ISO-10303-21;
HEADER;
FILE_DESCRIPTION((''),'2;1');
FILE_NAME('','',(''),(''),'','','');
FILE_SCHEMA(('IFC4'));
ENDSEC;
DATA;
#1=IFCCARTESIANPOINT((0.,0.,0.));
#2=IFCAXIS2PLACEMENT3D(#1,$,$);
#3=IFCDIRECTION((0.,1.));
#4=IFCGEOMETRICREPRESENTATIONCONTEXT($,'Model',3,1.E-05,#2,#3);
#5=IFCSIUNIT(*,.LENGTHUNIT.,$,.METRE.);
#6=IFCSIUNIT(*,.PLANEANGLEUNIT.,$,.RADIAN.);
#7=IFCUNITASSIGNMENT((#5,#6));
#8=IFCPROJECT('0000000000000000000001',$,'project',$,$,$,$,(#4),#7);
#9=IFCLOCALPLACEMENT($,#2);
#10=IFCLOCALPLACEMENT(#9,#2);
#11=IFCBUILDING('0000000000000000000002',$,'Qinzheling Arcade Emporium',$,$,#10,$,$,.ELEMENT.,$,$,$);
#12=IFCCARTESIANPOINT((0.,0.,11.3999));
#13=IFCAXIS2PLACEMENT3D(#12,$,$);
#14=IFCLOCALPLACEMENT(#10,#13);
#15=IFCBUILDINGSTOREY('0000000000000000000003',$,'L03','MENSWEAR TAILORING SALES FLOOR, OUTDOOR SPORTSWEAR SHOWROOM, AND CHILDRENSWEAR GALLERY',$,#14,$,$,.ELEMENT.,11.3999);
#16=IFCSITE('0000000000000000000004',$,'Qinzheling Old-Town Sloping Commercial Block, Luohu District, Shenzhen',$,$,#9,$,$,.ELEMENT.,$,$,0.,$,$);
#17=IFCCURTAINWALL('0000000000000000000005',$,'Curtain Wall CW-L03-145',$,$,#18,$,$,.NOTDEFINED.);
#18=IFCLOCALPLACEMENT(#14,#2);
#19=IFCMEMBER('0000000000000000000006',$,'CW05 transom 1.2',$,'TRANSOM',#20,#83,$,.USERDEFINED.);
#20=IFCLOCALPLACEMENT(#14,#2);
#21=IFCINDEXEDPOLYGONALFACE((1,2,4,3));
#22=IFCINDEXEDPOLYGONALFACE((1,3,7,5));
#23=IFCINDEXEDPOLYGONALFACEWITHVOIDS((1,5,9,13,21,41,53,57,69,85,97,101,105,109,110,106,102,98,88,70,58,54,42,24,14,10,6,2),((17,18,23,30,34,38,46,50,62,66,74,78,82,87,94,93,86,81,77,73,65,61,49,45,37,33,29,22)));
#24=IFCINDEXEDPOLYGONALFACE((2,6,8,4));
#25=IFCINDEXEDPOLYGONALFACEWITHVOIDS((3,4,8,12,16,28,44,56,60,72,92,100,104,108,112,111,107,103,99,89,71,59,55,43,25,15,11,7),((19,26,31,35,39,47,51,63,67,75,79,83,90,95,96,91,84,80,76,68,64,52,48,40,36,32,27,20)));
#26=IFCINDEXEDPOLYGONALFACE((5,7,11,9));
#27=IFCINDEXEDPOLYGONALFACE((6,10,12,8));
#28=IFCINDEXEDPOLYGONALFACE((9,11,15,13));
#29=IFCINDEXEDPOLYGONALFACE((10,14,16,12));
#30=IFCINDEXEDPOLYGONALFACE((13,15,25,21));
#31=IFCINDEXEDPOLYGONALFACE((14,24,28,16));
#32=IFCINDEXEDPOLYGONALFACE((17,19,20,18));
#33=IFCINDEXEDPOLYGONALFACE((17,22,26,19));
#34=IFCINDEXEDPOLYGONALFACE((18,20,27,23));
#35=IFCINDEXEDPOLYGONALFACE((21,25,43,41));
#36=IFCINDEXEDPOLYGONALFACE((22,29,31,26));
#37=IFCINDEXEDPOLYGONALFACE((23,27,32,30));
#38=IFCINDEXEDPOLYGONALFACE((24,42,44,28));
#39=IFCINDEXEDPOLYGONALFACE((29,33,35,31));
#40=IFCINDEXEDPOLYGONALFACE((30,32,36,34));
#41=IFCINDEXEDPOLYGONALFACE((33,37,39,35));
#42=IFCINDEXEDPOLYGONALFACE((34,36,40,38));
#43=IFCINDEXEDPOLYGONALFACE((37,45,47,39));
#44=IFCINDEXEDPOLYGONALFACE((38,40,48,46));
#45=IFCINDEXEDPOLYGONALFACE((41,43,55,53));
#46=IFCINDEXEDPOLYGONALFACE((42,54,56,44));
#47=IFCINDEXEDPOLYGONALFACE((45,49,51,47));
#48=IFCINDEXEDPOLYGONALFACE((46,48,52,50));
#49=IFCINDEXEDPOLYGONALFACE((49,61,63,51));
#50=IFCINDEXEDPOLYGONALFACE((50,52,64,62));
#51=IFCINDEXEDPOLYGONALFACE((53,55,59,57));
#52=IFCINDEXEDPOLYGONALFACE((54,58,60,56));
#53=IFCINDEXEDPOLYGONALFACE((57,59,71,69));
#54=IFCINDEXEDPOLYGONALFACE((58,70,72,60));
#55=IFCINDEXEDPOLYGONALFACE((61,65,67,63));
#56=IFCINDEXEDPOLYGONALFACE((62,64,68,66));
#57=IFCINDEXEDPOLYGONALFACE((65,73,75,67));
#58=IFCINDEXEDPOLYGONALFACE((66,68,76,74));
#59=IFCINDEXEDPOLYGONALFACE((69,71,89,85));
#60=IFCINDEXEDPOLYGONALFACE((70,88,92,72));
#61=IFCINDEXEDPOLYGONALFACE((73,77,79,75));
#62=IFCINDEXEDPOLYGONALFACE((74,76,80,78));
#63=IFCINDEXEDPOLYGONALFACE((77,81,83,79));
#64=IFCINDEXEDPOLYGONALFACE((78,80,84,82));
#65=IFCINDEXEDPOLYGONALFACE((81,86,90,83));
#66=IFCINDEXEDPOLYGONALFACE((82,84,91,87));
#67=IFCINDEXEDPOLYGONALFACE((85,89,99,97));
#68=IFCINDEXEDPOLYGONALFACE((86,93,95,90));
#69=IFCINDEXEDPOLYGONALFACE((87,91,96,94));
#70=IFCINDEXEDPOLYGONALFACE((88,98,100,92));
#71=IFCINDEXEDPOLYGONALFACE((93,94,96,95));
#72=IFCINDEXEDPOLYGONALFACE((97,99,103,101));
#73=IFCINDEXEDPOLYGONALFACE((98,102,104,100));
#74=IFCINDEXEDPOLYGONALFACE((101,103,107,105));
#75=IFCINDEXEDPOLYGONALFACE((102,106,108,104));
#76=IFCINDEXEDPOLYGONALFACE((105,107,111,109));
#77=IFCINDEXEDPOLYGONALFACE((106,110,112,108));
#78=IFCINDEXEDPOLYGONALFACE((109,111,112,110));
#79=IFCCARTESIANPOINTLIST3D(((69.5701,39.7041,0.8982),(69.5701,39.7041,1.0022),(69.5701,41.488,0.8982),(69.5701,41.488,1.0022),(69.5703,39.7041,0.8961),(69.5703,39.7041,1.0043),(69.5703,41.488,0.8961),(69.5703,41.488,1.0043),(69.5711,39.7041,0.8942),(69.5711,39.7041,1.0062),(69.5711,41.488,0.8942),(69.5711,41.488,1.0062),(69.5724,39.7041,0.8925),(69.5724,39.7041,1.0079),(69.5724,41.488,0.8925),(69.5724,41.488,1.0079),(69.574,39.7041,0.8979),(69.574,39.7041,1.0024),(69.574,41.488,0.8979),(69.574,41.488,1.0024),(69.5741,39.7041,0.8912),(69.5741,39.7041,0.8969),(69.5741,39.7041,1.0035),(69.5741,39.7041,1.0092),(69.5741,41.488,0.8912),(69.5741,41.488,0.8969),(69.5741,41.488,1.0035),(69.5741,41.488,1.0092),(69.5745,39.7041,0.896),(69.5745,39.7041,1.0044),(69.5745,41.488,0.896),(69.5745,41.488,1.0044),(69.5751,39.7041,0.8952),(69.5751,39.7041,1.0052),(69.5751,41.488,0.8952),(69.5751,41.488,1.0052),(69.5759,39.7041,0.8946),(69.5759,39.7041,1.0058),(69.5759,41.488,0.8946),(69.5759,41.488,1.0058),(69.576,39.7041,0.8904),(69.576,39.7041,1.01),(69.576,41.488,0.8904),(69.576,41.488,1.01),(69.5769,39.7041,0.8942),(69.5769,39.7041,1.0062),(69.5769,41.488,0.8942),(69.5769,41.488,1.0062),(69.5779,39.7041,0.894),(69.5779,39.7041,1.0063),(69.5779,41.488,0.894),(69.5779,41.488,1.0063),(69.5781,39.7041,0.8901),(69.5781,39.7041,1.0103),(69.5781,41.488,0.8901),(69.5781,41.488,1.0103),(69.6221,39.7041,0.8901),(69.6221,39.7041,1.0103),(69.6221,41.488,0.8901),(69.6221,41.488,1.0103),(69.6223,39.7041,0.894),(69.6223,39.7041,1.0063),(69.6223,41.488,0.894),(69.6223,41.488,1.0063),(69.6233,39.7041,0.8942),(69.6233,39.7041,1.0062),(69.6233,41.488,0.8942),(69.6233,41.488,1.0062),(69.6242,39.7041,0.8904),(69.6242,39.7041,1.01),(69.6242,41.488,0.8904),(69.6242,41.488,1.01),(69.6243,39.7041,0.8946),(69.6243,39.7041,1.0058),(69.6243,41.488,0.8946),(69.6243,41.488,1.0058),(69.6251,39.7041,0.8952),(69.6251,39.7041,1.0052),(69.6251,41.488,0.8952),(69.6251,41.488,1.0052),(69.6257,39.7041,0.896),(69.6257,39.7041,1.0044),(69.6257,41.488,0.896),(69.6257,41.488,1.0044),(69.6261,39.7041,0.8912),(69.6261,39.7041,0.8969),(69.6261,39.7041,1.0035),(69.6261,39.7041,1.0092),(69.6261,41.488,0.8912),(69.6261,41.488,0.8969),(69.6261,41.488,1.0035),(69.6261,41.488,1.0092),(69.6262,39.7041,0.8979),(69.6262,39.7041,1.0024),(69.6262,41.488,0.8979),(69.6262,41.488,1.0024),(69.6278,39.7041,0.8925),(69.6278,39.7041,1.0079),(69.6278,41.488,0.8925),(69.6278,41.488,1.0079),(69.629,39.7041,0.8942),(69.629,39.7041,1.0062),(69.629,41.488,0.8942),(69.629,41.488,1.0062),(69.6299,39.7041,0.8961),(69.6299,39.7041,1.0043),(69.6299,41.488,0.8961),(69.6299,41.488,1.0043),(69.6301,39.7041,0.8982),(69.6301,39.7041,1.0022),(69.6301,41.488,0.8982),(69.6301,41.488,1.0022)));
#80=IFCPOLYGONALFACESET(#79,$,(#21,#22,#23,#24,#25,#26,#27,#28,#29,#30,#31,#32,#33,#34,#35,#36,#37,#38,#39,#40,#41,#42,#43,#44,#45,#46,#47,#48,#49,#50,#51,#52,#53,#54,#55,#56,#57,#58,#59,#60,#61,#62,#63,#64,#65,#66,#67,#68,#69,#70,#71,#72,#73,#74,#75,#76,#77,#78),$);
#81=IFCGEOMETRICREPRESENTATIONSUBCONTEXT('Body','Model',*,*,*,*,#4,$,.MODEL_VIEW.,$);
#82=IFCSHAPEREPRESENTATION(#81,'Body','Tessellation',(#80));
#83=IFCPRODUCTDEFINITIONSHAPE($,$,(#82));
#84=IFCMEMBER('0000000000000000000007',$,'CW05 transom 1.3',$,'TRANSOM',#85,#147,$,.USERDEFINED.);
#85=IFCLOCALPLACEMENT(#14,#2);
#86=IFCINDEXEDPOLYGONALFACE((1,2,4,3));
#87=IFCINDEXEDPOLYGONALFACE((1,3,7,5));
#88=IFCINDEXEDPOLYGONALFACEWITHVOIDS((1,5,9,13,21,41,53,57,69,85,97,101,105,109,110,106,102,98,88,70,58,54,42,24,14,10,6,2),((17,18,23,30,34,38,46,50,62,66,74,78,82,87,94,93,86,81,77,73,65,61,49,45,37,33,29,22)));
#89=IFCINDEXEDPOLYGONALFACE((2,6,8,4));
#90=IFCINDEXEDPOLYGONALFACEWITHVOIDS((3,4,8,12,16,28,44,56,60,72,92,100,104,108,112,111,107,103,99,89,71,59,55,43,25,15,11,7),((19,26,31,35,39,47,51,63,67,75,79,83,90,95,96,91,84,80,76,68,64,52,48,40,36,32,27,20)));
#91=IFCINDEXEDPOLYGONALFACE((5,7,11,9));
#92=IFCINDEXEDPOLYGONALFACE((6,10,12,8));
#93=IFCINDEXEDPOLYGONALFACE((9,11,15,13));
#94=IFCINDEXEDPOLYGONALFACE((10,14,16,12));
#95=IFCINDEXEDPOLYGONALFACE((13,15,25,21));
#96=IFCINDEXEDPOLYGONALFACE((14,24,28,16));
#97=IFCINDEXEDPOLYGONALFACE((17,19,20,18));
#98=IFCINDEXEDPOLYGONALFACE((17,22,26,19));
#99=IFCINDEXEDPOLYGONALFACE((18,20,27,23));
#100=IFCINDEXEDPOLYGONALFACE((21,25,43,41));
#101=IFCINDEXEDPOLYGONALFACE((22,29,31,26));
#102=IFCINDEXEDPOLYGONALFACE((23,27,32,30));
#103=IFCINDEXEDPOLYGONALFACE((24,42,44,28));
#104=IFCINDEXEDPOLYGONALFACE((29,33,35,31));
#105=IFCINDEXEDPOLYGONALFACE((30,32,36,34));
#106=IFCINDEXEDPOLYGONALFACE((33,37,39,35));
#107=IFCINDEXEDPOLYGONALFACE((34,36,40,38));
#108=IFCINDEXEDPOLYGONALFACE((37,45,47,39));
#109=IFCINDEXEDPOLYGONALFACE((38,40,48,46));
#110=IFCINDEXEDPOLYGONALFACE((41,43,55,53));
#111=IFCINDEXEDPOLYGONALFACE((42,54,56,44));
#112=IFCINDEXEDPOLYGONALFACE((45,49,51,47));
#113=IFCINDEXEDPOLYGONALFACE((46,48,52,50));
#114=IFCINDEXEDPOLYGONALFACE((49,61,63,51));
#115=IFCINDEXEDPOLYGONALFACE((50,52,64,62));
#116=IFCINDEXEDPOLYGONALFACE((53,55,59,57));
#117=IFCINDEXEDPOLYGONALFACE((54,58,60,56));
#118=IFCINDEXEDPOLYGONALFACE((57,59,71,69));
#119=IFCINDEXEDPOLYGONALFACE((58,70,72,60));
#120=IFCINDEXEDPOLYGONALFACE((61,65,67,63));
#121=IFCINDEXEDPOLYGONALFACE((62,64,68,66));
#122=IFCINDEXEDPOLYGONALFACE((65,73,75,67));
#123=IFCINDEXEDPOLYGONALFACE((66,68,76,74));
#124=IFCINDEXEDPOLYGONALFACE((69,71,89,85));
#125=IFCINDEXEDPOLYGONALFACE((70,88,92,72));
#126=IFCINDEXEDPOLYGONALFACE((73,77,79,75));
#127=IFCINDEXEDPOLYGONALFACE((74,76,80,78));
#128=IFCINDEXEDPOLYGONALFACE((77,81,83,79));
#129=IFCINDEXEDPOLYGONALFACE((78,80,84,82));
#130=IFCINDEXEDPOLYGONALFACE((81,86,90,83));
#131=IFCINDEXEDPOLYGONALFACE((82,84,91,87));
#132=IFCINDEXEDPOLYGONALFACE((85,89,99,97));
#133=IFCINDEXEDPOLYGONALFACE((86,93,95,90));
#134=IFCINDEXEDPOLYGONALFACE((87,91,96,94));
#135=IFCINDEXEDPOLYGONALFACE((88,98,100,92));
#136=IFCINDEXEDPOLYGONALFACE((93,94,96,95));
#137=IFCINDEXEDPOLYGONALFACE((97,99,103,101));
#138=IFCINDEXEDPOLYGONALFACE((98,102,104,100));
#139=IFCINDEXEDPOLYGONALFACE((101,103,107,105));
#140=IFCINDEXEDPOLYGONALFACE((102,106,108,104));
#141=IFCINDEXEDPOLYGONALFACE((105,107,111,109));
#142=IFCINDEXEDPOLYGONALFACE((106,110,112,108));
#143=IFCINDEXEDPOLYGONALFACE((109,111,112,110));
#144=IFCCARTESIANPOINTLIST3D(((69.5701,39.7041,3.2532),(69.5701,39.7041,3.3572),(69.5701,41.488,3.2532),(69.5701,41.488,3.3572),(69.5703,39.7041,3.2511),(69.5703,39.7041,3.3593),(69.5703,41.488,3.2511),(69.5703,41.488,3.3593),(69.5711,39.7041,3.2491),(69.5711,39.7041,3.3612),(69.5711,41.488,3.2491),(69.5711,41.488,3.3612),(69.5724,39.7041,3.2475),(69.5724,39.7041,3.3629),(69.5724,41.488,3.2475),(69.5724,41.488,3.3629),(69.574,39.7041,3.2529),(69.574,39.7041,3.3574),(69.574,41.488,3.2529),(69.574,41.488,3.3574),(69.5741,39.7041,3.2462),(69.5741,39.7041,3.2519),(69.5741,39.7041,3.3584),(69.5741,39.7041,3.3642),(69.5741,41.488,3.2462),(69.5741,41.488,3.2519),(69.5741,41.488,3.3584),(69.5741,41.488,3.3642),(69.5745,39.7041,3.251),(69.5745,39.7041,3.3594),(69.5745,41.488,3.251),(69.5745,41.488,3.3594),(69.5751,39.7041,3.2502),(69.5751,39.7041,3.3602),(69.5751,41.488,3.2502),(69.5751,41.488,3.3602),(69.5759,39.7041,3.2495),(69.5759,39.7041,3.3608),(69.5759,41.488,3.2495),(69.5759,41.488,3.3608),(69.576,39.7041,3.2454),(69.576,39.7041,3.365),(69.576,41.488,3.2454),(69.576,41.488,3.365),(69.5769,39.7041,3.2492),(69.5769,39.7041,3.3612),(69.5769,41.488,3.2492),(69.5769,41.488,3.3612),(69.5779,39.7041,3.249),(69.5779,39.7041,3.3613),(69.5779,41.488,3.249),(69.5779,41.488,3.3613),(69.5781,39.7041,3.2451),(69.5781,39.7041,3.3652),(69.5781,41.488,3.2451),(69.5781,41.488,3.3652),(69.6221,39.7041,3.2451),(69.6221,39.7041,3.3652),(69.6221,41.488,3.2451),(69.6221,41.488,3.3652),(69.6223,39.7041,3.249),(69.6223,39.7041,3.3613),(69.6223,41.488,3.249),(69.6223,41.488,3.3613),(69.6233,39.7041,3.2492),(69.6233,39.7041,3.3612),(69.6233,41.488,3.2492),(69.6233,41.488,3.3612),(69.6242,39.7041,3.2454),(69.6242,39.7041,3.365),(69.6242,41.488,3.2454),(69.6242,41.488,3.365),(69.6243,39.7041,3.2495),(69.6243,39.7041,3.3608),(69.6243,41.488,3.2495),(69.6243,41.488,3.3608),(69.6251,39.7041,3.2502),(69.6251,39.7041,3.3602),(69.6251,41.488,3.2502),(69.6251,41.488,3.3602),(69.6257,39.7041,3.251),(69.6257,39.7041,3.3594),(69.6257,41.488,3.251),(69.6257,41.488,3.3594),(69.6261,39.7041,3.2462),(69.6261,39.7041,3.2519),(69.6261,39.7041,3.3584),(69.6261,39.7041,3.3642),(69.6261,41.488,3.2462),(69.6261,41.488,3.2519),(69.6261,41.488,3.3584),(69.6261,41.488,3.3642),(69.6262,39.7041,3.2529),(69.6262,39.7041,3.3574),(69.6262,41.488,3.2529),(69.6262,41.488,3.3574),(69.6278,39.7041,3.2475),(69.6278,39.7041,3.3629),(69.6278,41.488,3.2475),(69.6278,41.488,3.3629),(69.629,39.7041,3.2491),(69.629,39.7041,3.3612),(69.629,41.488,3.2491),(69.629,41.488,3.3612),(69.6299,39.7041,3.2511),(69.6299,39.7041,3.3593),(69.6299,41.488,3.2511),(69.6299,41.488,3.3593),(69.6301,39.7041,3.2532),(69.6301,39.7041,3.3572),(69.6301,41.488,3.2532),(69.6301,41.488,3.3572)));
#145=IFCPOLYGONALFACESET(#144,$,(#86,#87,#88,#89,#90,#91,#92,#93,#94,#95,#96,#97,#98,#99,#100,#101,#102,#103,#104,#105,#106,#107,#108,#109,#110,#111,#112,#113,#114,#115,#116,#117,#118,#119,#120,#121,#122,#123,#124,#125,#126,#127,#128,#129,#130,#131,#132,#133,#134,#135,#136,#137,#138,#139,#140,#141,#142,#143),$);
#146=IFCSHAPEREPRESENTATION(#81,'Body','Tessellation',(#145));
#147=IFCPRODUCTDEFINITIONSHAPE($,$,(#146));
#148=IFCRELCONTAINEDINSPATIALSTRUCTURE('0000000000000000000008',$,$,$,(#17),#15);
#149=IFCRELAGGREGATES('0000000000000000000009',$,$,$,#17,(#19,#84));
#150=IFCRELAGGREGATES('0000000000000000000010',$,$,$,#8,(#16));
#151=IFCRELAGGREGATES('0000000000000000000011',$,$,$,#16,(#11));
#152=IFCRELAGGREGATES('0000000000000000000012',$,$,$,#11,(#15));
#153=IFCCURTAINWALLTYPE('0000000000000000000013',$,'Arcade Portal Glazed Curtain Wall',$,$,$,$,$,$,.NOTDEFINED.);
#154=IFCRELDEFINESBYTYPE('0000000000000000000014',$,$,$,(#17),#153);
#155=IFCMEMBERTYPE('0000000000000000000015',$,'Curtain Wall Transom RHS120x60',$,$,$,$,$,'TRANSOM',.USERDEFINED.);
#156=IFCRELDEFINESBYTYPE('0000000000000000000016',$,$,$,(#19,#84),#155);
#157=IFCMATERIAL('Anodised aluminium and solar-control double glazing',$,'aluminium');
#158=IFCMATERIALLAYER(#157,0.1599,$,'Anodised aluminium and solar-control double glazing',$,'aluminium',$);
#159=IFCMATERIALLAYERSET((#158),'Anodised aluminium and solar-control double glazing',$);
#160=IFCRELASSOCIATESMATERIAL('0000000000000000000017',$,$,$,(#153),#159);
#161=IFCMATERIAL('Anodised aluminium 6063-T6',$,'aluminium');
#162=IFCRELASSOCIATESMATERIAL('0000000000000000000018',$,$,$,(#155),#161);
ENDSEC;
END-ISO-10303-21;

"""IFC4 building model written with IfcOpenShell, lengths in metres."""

from ifc_helpers import new_model, si_unit, direction, frame, origin, origin_2d, place, context, subcontext, project, spatial, hollow_rectangle, extrude, material, layer, layer_set, material_profile, profile_set, type_object, element, aggregate, save


model = new_model("IFC4")

# Units and contexts
model_context = context("Model", 3, precision=1e-05, world=origin(), true_north=direction((0.0, 1.0)))
body_context = subcontext(model_context, "Body", "Model", "MODEL_VIEW")
ifc_project = project(units=[si_unit("LENGTHUNIT", "METRE"), si_unit("PLANEANGLEUNIT", "RADIAN")], contexts=[model_context])

# Site, building, storey
site_placement = place(None, origin())
site = spatial("IfcSite", under=ifc_project, at=site_placement, Name="Qinzheling Old-Town Sloping Commercial Block, Luohu District, Shenzhen", CompositionType="ELEMENT", RefElevation=0.0)
building_placement = place(site_placement, origin())
building = spatial("IfcBuilding", under=site, at=building_placement, Name="Qinzheling Arcade Emporium", CompositionType="ELEMENT")
storey_placement = place(building_placement, frame((0.0, 0.0, 11.3999)))
storey = spatial("IfcBuildingStorey", under=building, at=storey_placement, Name="L03", Description="MENSWEAR TAILORING SALES FLOOR, OUTDOOR SPORTSWEAR SHOWROOM, AND CHILDRENSWEAR GALLERY", CompositionType="ELEMENT", Elevation=11.3999)

# Shared definitions
ifc_material_1 = material(Name="Anodised aluminium and solar-control double glazing", Category="aluminium")
ifc_material_2 = material(Name="Anodised aluminium 6063-T6", Category="aluminium")

# Curtain wall, members
ifc_layer_1 = layer(ifc_material_1, 0.1599, Name="Anodised aluminium and solar-control double glazing", Category="aluminium")
ifc_layer_set_1 = layer_set([ifc_layer_1], Name="Anodised aluminium and solar-control double glazing")
curtain_wall_type_1 = type_object("IfcCurtainWallType", Name="Arcade Portal Glazed Curtain Wall", PredefinedType="NOTDEFINED", material=ifc_layer_set_1)
curtain_wall_1_placement = place(storey_placement, origin())
curtain_wall_1 = element("IfcCurtainWall", 1, at=curtain_wall_1_placement, inside=storey, type_object=curtain_wall_type_1, Name="Curtain Wall CW-L03-145", PredefinedType="NOTDEFINED")
ifc_material_profile_1 = material_profile(ifc_material_2, hollow_rectangle(XDim=0.0601, YDim=0.1201, WallThickness=0.0039, InnerFilletRadius=0.0039, OuterFilletRadius=0.0081, at=origin_2d()), Name="RHS 120x60x4", Category="aluminium")
ifc_profile_set_1 = profile_set([ifc_material_profile_1], Name="Anodised aluminium 6063-T6")
member_type_1 = type_object("IfcMemberType", Name="Curtain Wall Transom RHS120x60", ElementType="TRANSOM", PredefinedType="USERDEFINED", material=ifc_profile_set_1)
member_1_placement = place(storey_placement, frame((69.6001, 41.488, 0.9502), z_axis=(0.0, -1.0, 0.0), x_axis=(1.0, 0.0, 0.0)))
member_1 = element("IfcMember", 2, at=member_1_placement, type_object=member_type_1, Name="CW05 transom 1.2", ObjectType="TRANSOM", PredefinedType="USERDEFINED", context=body_context, shape_type="SweptSolid", body=[
    extrude(hollow_rectangle(XDim=0.0601, YDim=0.1201, WallThickness=0.0039, InnerFilletRadius=0.0039, OuterFilletRadius=0.0081, at=origin_2d()), origin(), (0.0, 0.0, 1.0), 1.7839),
])
member_2_placement = place(storey_placement, frame((69.6001, 41.488, 3.3052), z_axis=(0.0, -1.0, 0.0), x_axis=(1.0, 0.0, 0.0)))
member_2 = element("IfcMember", 3, at=member_2_placement, type_object=member_type_1, Name="CW05 transom 1.3", ObjectType="TRANSOM", PredefinedType="USERDEFINED", context=body_context, shape_type="SweptSolid", body=[
    extrude(hollow_rectangle(XDim=0.0601, YDim=0.1201, WallThickness=0.0039, InnerFilletRadius=0.0039, OuterFilletRadius=0.0081, at=origin_2d()), origin(), (0.0, 0.0, 1.0), 1.7839),
])

aggregate(curtain_wall_1, [member_1, member_2])

save(model, "model.ifc")
